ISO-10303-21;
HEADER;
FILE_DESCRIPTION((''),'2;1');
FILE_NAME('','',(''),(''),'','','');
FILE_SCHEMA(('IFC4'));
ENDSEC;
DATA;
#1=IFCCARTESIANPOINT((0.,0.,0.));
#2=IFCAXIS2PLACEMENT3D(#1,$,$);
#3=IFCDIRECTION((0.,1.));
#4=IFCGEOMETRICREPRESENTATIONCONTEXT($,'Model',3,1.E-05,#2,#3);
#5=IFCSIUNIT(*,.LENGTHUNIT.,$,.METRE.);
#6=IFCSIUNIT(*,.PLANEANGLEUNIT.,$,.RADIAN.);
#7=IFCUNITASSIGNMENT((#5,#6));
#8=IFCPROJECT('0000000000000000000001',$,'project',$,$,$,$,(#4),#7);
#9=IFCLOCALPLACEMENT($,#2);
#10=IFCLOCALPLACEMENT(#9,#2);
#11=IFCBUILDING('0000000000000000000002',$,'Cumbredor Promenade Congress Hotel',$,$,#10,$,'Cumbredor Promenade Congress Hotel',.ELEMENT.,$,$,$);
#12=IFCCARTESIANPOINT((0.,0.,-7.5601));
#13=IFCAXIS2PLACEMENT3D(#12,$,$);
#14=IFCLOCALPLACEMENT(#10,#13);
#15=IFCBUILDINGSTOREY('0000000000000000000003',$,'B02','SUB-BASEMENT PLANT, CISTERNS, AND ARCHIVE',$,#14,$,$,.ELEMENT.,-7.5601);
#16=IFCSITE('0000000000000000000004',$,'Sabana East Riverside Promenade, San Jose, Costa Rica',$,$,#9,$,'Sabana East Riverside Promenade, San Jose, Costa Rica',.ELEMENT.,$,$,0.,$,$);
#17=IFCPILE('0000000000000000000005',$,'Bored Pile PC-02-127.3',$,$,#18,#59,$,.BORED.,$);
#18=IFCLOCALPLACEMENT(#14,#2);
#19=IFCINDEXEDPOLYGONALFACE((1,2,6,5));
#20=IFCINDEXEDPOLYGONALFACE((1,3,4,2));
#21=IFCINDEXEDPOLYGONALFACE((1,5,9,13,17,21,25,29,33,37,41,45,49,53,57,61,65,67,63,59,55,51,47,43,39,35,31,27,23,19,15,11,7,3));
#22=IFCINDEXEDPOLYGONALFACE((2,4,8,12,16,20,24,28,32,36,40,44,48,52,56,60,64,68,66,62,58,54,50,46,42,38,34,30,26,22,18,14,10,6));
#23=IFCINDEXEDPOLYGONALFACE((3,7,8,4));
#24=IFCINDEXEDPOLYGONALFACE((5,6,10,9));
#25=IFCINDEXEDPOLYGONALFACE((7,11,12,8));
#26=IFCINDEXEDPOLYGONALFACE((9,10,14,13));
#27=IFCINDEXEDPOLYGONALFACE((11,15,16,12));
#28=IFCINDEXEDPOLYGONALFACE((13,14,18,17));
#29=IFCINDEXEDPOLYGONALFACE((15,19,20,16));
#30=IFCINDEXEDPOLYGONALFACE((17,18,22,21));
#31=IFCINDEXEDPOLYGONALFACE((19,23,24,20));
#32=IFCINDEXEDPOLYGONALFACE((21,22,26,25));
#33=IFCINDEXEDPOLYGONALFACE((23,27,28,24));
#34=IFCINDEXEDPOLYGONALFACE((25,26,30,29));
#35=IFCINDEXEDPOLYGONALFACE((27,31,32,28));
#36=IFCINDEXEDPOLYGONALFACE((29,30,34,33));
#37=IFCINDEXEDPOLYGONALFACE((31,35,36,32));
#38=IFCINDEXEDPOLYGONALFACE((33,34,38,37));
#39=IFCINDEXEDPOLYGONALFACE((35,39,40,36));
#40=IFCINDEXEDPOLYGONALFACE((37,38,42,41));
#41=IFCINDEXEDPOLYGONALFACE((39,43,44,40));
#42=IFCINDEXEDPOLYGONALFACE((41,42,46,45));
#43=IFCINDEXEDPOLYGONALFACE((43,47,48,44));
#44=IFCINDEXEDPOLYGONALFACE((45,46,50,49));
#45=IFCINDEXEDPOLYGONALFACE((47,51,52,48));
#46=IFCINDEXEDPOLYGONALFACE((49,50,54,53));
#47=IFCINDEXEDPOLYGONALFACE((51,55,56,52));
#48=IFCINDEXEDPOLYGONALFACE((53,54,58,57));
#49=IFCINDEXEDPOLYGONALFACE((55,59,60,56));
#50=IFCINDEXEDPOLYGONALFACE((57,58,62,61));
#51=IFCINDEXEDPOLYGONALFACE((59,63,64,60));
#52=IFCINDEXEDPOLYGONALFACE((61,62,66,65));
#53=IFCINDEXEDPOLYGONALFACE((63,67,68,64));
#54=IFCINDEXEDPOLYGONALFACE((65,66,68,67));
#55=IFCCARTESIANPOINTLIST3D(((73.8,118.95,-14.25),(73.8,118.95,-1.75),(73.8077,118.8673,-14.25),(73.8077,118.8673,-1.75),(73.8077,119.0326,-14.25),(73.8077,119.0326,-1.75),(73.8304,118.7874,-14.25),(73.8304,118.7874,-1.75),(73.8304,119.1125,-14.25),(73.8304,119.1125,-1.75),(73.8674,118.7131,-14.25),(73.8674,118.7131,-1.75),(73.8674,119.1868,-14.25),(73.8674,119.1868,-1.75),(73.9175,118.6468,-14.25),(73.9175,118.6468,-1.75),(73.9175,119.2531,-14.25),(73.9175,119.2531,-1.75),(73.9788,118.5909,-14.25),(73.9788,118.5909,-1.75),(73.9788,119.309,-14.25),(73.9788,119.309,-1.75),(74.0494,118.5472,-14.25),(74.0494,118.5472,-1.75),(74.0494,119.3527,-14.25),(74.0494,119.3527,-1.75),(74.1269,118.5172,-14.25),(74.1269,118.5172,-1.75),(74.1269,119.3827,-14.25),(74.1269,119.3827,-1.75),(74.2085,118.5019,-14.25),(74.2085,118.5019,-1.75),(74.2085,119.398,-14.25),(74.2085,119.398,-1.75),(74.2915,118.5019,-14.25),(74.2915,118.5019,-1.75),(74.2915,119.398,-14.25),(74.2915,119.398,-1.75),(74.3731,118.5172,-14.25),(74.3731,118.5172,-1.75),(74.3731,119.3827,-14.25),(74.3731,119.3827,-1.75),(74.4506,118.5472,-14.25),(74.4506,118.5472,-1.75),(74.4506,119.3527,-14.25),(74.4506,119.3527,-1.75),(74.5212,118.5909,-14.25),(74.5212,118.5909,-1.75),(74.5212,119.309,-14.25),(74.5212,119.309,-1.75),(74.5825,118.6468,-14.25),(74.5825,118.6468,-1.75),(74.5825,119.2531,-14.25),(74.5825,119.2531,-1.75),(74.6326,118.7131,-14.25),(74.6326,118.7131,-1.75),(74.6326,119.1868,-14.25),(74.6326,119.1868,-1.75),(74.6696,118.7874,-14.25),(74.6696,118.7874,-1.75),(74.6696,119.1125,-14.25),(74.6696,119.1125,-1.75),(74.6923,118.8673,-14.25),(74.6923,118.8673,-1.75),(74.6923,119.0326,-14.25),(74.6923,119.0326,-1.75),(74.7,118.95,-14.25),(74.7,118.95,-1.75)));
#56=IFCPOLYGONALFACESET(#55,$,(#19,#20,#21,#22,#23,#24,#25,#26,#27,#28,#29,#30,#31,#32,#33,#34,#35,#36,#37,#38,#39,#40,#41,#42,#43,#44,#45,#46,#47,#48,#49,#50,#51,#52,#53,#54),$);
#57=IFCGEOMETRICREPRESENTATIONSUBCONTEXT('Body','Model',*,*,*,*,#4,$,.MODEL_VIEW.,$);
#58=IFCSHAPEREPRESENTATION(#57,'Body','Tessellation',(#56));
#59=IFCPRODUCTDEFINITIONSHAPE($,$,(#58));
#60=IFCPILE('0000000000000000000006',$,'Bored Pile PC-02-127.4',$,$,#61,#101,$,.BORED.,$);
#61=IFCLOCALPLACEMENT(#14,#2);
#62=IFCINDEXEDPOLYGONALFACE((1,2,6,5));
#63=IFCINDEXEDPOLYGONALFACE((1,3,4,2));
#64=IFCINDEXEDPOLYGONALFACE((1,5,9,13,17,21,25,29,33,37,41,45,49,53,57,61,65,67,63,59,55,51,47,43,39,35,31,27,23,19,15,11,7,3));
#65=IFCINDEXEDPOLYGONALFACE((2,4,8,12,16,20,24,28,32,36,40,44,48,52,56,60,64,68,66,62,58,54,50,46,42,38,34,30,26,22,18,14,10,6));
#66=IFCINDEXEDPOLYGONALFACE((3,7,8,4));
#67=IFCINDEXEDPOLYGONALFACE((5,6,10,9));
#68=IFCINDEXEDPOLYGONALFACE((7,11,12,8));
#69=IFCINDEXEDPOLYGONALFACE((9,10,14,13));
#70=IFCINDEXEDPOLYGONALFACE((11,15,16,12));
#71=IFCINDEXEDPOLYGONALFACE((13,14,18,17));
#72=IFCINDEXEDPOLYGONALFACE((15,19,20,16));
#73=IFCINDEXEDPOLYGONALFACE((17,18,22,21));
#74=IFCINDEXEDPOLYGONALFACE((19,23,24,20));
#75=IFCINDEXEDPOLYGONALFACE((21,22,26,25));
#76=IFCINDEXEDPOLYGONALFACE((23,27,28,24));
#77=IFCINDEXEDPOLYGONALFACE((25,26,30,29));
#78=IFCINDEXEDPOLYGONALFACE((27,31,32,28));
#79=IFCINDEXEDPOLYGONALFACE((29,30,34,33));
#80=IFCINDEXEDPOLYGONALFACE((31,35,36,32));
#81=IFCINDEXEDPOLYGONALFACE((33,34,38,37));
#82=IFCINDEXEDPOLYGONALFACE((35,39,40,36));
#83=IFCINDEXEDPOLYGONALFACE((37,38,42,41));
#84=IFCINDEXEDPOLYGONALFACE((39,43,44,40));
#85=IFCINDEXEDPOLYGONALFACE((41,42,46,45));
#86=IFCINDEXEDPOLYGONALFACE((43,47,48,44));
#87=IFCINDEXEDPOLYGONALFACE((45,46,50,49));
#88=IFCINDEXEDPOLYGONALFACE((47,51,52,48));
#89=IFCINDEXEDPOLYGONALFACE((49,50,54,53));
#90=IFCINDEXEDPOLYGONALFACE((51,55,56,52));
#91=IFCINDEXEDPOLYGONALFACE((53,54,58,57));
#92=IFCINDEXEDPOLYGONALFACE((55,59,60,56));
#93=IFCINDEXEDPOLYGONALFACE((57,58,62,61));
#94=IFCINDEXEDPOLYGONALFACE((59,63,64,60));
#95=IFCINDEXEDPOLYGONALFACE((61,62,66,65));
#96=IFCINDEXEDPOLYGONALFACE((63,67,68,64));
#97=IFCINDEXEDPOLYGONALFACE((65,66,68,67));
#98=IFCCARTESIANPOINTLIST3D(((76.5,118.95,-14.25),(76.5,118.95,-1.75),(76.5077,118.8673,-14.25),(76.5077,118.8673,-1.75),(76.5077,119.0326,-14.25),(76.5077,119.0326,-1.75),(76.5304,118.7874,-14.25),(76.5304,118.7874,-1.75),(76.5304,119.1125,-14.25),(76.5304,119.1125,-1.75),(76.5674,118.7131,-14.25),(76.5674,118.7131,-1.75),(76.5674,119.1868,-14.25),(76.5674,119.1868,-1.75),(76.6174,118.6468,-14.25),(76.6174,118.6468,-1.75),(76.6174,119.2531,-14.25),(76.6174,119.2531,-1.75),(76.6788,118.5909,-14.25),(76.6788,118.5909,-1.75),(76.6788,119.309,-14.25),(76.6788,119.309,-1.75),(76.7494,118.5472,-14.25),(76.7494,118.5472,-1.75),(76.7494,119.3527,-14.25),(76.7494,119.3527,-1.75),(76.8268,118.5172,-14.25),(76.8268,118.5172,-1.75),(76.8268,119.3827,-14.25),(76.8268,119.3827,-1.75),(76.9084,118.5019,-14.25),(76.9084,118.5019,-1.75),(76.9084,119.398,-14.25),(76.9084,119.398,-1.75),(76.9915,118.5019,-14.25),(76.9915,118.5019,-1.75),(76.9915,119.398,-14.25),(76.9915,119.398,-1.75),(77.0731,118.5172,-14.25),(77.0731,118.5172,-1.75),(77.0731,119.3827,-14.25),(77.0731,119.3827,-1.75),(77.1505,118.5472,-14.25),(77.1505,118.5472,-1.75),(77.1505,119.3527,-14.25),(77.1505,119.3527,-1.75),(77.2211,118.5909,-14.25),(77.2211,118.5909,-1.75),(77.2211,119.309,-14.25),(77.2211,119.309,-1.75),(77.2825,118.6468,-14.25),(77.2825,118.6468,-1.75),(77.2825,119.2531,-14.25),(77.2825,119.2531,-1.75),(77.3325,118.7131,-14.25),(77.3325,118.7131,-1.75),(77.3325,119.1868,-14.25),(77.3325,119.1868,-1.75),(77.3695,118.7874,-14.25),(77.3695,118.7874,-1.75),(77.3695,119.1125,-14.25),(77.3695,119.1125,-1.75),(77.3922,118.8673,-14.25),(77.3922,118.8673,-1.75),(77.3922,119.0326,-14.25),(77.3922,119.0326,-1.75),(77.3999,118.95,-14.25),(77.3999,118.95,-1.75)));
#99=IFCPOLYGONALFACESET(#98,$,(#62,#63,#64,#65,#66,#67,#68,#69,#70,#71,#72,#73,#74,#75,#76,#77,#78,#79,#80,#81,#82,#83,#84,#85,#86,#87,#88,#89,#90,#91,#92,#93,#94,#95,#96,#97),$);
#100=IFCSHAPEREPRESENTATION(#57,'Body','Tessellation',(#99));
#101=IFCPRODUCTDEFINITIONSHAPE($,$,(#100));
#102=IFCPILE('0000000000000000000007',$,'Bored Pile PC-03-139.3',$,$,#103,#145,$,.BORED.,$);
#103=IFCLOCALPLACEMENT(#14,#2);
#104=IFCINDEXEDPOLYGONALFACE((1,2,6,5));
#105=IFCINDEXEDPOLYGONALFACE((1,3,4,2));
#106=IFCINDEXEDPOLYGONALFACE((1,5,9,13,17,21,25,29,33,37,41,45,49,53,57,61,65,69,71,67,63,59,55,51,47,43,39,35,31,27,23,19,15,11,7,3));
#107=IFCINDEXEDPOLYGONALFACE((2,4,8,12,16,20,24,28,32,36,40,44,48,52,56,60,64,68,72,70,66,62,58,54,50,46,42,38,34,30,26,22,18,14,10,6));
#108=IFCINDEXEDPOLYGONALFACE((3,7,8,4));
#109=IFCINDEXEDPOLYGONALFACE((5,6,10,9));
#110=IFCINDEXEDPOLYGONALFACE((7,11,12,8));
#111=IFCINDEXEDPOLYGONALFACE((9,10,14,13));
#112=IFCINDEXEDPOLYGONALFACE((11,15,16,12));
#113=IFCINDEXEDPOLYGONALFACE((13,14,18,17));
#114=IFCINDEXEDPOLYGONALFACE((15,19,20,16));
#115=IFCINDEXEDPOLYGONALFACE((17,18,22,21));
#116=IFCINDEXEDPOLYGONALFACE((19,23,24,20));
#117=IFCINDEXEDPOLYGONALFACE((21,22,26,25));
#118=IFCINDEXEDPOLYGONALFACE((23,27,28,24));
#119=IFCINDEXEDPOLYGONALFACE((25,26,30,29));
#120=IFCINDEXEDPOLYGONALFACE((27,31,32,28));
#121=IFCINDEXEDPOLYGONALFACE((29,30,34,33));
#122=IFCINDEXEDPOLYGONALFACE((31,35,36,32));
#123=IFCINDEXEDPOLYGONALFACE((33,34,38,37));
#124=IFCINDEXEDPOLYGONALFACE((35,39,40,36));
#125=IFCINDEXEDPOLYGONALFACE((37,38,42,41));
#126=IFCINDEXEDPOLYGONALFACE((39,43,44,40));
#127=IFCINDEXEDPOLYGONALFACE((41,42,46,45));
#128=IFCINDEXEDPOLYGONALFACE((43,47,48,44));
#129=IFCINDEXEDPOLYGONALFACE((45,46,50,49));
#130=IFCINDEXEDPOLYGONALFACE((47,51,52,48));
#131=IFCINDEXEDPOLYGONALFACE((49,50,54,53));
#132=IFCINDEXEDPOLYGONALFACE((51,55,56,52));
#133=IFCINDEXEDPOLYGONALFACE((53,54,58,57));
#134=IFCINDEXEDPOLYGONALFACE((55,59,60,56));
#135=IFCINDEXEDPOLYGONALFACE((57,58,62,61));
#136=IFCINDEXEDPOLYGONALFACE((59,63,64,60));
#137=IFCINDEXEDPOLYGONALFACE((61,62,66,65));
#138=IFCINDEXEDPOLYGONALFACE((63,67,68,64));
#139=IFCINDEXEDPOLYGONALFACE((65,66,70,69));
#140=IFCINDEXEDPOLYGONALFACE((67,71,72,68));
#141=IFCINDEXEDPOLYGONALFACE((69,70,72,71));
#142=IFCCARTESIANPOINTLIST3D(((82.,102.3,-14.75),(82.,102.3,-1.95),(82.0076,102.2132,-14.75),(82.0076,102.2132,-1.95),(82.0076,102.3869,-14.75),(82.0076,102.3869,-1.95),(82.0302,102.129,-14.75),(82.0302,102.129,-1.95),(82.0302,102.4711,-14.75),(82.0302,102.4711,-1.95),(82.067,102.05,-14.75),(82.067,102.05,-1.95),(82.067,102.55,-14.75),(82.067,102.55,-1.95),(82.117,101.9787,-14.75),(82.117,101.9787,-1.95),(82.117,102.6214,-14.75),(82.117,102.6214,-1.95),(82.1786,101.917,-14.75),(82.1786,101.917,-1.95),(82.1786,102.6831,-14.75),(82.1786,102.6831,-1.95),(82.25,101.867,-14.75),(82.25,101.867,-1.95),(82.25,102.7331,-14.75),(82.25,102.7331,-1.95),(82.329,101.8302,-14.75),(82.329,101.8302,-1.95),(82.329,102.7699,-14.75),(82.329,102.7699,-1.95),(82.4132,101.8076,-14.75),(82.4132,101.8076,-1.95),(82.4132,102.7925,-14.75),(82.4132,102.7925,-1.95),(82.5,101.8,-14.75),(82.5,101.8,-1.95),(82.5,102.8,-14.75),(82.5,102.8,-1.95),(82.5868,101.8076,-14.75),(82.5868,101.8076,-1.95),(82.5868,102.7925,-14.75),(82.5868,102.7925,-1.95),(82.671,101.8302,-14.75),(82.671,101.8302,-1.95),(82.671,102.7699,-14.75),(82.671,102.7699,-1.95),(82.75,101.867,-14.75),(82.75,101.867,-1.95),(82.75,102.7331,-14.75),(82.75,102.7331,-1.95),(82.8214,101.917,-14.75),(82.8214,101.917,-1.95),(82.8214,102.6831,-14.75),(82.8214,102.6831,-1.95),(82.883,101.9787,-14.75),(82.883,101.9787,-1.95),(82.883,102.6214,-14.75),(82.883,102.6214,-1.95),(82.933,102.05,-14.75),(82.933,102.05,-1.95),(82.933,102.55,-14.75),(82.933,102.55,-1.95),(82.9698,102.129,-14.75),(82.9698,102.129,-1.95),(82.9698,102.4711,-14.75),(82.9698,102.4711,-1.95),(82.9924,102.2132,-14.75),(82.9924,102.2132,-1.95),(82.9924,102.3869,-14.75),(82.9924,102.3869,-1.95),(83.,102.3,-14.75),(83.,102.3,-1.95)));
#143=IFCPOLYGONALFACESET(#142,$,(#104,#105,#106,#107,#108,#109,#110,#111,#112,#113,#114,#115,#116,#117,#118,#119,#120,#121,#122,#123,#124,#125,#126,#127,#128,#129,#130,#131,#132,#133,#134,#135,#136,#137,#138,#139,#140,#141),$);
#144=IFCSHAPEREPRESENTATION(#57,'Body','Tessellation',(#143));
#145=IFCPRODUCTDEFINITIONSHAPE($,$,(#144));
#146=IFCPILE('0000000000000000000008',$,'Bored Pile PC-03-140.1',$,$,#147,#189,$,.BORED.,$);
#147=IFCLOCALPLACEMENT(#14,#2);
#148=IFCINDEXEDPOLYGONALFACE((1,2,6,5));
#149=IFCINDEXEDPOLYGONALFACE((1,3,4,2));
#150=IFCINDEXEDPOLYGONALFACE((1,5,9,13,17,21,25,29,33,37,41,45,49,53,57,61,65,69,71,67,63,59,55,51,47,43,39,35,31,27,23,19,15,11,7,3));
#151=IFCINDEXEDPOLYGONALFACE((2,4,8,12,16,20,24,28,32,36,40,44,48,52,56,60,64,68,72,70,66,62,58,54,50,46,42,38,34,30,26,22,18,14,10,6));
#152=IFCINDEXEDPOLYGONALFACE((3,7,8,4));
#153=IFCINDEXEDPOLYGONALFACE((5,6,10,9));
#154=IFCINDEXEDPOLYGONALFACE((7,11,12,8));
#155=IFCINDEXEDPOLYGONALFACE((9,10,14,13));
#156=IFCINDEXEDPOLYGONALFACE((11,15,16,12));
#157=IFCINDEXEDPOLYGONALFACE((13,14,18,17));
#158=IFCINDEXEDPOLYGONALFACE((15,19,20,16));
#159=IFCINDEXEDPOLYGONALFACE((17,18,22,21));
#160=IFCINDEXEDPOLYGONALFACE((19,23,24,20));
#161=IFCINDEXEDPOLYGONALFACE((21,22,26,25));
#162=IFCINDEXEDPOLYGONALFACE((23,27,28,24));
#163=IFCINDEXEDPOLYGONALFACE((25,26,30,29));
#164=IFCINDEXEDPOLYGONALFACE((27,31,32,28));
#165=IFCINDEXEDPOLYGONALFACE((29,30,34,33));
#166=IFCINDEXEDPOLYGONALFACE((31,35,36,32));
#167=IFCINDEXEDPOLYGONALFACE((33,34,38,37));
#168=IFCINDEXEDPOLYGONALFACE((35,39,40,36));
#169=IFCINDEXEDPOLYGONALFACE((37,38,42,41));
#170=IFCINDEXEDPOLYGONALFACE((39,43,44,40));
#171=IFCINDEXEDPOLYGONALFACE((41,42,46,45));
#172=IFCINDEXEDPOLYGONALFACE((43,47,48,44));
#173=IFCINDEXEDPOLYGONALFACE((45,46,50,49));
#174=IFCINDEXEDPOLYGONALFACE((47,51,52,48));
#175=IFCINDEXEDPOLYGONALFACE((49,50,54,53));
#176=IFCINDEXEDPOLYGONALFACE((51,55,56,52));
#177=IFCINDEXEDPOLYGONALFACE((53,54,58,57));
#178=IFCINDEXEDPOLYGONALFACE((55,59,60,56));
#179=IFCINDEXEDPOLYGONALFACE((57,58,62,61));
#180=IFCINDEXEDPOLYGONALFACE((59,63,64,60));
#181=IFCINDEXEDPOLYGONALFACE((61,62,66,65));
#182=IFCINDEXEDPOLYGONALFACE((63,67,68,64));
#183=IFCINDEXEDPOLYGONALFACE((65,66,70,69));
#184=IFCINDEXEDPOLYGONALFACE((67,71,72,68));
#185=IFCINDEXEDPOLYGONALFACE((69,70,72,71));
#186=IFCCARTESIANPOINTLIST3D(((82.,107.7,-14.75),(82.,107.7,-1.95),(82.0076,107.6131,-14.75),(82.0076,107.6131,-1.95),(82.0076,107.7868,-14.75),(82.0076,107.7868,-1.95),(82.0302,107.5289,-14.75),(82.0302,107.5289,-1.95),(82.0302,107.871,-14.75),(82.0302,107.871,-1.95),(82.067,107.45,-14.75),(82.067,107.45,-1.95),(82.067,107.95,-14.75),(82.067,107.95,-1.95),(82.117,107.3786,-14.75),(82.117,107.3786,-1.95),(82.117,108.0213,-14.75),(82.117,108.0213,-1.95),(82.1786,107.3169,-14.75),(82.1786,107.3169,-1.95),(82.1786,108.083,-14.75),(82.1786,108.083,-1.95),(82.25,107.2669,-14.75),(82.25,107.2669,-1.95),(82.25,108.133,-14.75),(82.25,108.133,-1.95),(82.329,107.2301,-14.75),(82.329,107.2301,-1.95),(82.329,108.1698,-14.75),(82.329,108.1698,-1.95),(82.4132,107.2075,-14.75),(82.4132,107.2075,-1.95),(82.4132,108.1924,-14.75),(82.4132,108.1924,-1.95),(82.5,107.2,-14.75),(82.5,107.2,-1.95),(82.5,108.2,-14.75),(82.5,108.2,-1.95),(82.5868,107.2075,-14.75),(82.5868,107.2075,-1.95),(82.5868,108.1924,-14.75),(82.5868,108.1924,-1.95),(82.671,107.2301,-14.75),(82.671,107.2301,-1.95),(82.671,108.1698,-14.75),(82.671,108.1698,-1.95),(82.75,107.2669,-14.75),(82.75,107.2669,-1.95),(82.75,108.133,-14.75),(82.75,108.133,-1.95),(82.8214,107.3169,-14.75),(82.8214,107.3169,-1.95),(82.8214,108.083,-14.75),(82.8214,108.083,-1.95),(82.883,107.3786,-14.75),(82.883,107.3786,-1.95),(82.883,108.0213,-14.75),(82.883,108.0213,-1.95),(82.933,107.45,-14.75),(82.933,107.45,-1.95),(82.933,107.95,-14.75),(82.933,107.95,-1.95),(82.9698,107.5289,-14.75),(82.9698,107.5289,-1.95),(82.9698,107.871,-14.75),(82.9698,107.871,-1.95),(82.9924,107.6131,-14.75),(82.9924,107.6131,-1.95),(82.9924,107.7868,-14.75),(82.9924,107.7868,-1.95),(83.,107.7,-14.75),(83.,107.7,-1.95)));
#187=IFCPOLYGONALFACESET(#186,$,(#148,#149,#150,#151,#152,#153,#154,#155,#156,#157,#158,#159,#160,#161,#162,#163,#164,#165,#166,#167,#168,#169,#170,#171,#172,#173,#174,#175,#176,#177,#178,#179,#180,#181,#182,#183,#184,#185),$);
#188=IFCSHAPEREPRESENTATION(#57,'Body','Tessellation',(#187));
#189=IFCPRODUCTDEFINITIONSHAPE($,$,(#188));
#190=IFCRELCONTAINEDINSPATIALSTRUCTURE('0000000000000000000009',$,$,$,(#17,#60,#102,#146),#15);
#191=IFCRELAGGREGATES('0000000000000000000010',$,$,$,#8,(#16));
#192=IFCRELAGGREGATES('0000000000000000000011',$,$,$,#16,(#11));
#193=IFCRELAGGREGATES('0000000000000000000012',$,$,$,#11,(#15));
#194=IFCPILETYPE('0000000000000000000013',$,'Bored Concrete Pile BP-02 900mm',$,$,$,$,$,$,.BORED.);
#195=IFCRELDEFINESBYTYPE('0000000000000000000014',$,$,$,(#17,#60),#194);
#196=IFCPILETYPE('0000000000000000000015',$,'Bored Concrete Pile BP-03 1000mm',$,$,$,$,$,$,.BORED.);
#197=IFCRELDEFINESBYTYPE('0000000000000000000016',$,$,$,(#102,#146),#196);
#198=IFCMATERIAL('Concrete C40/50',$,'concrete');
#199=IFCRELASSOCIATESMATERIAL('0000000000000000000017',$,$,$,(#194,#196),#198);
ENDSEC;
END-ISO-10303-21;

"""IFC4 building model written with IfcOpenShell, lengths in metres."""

from ifc_helpers import new_model, si_unit, direction, frame, origin, origin_2d, place, context, subcontext, project, spatial, circle, extrude, material, material_profile, profile_set, type_object, element, save


model = new_model("IFC4")

# Units and contexts
model_context = context("Model", 3, precision=1e-05, world=origin(), true_north=direction((0.0, 1.0)))
body_context = subcontext(model_context, "Body", "Model", "MODEL_VIEW")
ifc_project = project(units=[si_unit("LENGTHUNIT", "METRE"), si_unit("PLANEANGLEUNIT", "RADIAN")], contexts=[model_context])

# Site, building, storey
site_placement = place(None, origin())
site = spatial("IfcSite", under=ifc_project, at=site_placement, Name="Sabana East Riverside Promenade, San Jose, Costa Rica", LongName="Sabana East Riverside Promenade, San Jose, Costa Rica", CompositionType="ELEMENT", RefElevation=0.0)
building_placement = place(site_placement, origin())
building = spatial("IfcBuilding", under=site, at=building_placement, Name="Cumbredor Promenade Congress Hotel", LongName="Cumbredor Promenade Congress Hotel", CompositionType="ELEMENT")
storey_placement = place(building_placement, frame((0.0, 0.0, -7.5601)))
storey = spatial("IfcBuildingStorey", under=building, at=storey_placement, Name="B02", Description="SUB-BASEMENT PLANT, CISTERNS, AND ARCHIVE", CompositionType="ELEMENT", Elevation=-7.5601)

# Piles
ifc_material_1 = material(Name="Concrete C40/50", Category="concrete")
ifc_material_profile_1 = material_profile(ifc_material_1, circle(Radius=0.45, at=origin_2d()), Name="PILE D900")
ifc_profile_set_1 = profile_set([ifc_material_profile_1], Name="Concrete C40/50")
pile_type_1 = type_object("IfcPileType", Name="Bored Concrete Pile BP-02 900mm", PredefinedType="BORED", material=ifc_profile_set_1)
for number, where, z_axis, x_axis, name in (
    (1, (74.25, 118.95, -1.75), (0.0, 0.0, -1.0), (1.0, 0.0, 0.0), "Bored Pile PC-02-127.3"),
    (2, (76.95, 118.95, -1.75), (0.0, 0.0, -1.0), (1.0, 0.0, 0.0), "Bored Pile PC-02-127.4"),
):
    element("IfcPile", number, at=place(storey_placement, frame(where, z_axis=z_axis, x_axis=x_axis)), inside=storey, type_object=pile_type_1, Name=name, PredefinedType="BORED", context=body_context, shape_type="SweptSolid", body=[
        extrude(circle(Radius=0.45, at=origin_2d()), origin(), (0.0, 0.0, 1.0), 12.5),
    ])
ifc_material_profile_2 = material_profile(ifc_material_1, circle(Radius=0.5, at=origin_2d()), Name="PILE D1000")
ifc_profile_set_2 = profile_set([ifc_material_profile_2], Name="Concrete C40/50")
pile_type_2 = type_object("IfcPileType", Name="Bored Concrete Pile BP-03 1000mm", PredefinedType="BORED", material=ifc_profile_set_2)
for number, where, z_axis, x_axis, name in (
    (3, (82.5, 102.3, -1.95), (0.0, 0.0, -1.0), (1.0, 0.0, 0.0), "Bored Pile PC-03-139.3"),
    (4, (82.5, 107.7, -1.95), (0.0, 0.0, -1.0), (1.0, 0.0, 0.0), "Bored Pile PC-03-140.1"),
):
    element("IfcPile", number, at=place(storey_placement, frame(where, z_axis=z_axis, x_axis=x_axis)), inside=storey, type_object=pile_type_2, Name=name, PredefinedType="BORED", context=body_context, shape_type="SweptSolid", body=[
        extrude(circle(Radius=0.5, at=origin_2d()), origin(), (0.0, 0.0, 1.0), 12.8),
    ])

save(model, "model.ifc")
